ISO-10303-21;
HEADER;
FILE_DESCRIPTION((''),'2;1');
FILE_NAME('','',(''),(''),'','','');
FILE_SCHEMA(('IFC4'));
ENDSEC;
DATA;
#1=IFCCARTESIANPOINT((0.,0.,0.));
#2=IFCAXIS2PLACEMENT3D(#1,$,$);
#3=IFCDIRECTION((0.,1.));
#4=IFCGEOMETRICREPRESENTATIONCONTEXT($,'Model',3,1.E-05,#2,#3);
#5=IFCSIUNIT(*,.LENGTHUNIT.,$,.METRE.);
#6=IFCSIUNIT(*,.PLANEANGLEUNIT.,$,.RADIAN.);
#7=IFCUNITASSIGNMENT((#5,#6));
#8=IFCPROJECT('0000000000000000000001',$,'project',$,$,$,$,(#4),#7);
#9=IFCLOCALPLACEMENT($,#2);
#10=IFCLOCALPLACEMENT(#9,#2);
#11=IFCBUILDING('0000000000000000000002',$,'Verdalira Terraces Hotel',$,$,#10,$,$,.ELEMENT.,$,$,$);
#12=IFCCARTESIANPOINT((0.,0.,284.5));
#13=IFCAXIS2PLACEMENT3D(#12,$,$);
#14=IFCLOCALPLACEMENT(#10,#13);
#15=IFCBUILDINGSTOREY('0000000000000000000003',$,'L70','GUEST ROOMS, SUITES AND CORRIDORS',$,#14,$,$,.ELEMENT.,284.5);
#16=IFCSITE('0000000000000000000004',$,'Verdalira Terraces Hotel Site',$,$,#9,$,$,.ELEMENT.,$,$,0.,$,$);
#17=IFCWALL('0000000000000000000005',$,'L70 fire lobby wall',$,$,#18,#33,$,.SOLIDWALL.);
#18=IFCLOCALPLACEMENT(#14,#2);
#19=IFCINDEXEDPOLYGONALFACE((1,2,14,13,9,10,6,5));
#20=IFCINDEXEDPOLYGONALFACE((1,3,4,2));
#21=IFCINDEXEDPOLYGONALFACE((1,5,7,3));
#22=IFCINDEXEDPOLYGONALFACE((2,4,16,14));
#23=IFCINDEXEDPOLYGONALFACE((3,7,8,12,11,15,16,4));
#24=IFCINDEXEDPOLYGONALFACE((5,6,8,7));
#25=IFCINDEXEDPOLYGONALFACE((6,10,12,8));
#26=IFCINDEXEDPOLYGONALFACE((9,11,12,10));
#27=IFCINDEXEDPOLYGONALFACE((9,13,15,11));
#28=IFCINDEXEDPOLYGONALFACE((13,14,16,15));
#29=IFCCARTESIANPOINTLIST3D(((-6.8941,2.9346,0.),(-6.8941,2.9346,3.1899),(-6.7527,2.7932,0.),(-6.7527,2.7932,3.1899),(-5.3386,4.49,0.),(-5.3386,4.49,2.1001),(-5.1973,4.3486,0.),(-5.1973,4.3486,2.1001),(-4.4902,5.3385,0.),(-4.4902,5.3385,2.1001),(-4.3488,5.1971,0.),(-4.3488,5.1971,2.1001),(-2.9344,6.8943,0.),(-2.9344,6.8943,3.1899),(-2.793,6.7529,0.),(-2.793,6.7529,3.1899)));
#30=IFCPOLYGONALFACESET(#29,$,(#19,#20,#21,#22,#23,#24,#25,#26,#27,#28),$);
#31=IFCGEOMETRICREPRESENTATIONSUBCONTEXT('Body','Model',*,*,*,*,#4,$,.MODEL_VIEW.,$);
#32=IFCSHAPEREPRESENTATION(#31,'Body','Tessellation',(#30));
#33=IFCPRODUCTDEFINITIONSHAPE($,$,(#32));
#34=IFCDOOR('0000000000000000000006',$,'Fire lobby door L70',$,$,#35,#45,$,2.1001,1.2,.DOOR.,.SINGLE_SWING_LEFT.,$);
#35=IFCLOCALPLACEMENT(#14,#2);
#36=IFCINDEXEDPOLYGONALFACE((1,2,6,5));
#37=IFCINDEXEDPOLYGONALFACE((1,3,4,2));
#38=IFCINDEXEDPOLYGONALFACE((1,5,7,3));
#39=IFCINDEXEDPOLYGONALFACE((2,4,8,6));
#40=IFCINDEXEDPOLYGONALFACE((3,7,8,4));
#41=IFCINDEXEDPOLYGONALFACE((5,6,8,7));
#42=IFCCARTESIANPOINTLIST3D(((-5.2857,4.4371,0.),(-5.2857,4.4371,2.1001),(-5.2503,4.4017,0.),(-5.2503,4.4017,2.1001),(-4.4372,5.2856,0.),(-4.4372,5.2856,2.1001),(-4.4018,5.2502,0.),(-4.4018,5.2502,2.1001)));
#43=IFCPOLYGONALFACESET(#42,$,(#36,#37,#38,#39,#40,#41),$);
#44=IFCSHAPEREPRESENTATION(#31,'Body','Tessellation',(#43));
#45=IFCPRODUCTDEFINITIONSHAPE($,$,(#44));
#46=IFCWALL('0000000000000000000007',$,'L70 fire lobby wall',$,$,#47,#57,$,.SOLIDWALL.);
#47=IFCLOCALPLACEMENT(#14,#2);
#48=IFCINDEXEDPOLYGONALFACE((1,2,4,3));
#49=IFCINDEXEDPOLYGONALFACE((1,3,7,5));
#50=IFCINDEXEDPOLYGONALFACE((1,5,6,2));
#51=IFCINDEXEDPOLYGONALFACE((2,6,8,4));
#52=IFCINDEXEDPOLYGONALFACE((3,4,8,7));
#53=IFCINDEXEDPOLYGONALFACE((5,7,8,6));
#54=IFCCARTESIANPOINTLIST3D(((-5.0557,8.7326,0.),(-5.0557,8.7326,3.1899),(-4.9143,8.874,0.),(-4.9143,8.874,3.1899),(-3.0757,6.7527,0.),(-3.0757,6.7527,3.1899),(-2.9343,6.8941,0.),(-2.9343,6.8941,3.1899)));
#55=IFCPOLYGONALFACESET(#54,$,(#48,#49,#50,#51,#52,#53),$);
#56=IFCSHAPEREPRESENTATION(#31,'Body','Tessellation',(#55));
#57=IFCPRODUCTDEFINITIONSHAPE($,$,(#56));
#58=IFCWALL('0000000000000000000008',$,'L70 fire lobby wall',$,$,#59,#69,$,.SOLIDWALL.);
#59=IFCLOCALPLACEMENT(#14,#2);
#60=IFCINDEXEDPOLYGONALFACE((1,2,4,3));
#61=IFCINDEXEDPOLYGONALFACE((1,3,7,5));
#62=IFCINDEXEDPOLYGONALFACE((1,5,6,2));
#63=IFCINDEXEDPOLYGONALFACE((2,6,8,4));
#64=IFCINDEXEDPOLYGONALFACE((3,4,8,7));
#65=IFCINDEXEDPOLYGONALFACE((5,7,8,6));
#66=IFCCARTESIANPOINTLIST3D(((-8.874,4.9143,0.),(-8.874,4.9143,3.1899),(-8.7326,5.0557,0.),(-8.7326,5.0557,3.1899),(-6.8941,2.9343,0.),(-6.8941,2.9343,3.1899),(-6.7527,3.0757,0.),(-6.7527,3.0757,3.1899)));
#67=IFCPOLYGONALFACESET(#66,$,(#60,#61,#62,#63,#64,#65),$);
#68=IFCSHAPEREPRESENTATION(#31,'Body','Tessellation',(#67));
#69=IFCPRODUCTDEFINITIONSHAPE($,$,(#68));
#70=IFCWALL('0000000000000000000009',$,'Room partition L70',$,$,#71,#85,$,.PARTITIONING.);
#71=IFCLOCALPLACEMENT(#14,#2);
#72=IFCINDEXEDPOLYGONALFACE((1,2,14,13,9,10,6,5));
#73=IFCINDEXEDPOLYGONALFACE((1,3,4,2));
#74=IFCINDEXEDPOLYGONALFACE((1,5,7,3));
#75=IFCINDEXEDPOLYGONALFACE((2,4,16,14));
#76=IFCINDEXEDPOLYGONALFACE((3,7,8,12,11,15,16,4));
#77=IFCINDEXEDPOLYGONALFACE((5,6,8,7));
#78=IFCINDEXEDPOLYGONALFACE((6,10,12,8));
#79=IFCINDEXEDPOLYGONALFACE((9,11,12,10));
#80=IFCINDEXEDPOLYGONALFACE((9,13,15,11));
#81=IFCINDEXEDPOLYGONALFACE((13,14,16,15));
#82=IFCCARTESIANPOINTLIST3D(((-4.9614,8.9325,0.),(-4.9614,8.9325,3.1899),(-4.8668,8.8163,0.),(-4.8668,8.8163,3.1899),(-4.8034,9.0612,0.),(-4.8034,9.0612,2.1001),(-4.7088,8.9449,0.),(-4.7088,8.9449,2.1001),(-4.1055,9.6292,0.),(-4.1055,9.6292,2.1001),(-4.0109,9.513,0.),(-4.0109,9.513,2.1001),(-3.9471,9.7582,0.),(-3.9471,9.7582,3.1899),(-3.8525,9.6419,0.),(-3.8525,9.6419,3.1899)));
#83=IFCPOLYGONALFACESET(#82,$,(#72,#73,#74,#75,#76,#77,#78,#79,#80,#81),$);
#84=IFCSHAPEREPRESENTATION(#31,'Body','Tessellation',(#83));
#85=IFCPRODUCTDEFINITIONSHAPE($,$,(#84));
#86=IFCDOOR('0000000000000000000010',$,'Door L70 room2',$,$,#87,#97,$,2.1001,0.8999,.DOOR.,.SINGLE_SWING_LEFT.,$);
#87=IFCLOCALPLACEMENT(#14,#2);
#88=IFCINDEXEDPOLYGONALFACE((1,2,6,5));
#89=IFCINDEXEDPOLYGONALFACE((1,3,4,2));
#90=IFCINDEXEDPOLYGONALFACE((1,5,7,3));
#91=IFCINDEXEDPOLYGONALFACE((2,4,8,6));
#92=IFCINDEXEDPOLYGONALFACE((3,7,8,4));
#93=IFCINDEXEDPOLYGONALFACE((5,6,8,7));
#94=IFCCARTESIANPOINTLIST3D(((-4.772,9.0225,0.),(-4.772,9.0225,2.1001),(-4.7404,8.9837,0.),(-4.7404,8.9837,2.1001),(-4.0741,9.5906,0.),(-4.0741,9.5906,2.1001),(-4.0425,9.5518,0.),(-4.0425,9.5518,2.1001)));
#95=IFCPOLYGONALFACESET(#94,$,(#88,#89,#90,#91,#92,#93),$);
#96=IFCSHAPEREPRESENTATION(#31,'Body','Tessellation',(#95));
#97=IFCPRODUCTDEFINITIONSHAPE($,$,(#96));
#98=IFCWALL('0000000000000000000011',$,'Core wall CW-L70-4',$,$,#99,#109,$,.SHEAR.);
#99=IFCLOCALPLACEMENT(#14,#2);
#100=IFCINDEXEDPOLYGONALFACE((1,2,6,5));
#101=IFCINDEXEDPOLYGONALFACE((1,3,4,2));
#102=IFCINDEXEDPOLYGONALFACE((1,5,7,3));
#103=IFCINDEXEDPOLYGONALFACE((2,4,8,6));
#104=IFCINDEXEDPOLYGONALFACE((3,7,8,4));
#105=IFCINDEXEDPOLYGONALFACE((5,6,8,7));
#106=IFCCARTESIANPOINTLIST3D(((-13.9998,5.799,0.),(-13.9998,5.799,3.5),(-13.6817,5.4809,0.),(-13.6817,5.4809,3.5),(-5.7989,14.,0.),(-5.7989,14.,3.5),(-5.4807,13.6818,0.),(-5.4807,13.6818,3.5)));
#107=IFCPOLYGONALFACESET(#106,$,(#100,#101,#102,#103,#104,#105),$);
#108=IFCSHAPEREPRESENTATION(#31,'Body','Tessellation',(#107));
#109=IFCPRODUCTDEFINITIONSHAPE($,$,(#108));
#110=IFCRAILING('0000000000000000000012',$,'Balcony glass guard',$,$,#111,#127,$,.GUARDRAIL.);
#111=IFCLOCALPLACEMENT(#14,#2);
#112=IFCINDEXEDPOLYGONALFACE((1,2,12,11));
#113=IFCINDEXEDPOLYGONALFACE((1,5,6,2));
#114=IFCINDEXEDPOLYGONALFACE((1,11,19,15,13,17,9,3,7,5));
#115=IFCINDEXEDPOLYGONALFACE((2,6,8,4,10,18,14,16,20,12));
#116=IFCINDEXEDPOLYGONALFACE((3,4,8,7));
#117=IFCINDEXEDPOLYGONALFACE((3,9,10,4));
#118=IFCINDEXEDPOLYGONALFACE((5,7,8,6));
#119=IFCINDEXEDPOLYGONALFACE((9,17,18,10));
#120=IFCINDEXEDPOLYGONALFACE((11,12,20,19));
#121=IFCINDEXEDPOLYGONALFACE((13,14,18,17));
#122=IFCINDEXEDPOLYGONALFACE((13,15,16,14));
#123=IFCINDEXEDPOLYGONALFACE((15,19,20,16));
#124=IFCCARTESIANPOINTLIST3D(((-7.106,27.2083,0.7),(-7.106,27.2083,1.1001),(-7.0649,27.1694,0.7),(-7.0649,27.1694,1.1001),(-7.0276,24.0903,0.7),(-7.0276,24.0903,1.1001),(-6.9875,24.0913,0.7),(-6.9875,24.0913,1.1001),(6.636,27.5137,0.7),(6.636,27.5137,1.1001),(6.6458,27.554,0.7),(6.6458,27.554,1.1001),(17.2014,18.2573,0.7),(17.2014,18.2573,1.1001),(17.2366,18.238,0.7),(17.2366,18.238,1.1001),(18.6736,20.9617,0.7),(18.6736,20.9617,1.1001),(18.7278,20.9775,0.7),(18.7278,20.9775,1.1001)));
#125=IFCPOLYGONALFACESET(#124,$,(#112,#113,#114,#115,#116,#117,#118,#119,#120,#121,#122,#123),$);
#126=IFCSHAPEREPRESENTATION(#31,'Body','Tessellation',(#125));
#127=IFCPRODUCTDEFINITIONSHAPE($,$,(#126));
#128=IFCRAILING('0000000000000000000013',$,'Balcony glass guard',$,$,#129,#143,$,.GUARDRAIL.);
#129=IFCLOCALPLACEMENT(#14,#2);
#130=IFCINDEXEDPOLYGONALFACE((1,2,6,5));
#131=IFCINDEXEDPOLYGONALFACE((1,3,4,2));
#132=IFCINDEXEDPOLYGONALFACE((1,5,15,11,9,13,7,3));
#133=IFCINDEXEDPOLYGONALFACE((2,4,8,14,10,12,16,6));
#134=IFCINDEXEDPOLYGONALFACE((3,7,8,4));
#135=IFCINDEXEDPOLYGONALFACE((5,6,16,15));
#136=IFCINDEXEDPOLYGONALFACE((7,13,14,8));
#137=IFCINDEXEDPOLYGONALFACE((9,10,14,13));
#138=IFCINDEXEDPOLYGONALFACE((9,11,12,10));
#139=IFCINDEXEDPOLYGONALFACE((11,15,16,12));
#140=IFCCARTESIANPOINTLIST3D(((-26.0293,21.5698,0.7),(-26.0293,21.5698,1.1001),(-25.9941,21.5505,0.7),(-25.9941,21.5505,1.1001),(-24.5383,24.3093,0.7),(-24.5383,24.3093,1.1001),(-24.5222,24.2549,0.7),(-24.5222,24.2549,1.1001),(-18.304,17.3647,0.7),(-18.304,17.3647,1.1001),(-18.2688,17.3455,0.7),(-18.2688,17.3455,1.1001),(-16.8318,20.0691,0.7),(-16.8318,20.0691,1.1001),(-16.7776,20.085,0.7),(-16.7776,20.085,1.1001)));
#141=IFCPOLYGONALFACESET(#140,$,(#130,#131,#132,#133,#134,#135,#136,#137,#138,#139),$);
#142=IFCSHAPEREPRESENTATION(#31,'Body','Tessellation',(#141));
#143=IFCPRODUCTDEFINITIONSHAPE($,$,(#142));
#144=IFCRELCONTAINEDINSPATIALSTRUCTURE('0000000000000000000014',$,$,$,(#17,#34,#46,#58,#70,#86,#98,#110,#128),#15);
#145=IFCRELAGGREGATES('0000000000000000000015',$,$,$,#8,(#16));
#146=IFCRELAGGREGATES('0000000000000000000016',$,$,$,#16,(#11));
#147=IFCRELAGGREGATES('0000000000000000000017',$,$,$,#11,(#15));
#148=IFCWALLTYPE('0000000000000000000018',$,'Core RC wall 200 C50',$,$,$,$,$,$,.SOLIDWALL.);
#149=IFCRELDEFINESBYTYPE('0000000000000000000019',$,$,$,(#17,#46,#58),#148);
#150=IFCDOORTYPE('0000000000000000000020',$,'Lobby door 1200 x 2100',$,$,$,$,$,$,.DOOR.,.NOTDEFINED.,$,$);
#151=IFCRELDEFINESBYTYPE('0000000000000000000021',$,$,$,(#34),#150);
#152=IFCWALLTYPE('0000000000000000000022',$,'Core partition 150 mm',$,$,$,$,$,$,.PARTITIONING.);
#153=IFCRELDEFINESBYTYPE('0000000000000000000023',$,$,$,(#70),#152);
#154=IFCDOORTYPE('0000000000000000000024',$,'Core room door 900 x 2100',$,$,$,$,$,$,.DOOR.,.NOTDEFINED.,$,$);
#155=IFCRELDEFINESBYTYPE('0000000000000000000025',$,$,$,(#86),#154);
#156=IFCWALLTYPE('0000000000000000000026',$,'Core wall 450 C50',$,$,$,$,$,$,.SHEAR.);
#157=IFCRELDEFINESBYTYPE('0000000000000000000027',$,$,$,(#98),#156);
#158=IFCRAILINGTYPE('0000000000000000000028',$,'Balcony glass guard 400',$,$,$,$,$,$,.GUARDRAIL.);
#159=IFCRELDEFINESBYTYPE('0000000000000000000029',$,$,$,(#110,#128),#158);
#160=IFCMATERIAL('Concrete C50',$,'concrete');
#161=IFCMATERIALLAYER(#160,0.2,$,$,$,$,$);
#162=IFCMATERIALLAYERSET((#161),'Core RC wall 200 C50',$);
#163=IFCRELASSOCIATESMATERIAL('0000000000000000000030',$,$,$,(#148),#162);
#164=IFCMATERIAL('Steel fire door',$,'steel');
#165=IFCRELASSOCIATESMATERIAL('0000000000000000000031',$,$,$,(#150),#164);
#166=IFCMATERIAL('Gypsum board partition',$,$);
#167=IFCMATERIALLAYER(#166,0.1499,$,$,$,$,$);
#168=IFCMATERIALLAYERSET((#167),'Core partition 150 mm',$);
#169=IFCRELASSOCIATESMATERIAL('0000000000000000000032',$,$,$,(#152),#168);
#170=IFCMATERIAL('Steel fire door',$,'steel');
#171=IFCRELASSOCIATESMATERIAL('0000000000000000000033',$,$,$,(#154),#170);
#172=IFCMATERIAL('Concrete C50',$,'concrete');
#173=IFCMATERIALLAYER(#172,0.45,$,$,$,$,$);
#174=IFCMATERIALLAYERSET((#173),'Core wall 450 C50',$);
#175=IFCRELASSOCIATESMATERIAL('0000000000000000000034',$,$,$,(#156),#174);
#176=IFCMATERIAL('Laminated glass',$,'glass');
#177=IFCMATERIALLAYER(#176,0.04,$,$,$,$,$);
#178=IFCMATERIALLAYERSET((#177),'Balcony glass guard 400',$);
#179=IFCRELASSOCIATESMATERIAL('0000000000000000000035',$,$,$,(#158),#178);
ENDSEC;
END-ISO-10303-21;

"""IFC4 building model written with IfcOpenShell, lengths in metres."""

from ifc_helpers import new_model, si_unit, direction, frame, frame_2d, origin, place, context, subcontext, project, spatial, polyline, rectangle, outline, extrude, material, layer, layer_set, type_object, element, fill, save


model = new_model("IFC4")

# Units and contexts
model_context = context("Model", 3, precision=1e-05, world=origin(), true_north=direction((0.0, 1.0)))
body_context = subcontext(model_context, "Body", "Model", "MODEL_VIEW")
ifc_project = project(units=[si_unit("LENGTHUNIT", "METRE"), si_unit("PLANEANGLEUNIT", "RADIAN")], contexts=[model_context])

# Site, building, storey
site_placement = place(None, origin())
site = spatial("IfcSite", under=ifc_project, at=site_placement, Name="Verdalira Terraces Hotel Site", CompositionType="ELEMENT", RefElevation=0.0)
building_placement = place(site_placement, origin())
building = spatial("IfcBuilding", under=site, at=building_placement, Name="Verdalira Terraces Hotel", CompositionType="ELEMENT")
storey_placement = place(building_placement, frame((0.0, 0.0, 284.5)))
storey = spatial("IfcBuildingStorey", under=building, at=storey_placement, Name="L70", Description="GUEST ROOMS, SUITES AND CORRIDORS", CompositionType="ELEMENT", Elevation=284.5)

# Shared definitions
ifc_material_1 = material(Name="Concrete C50", Category="concrete")
ifc_layer_1 = layer(ifc_material_1, 0.2)
ifc_layer_set_1 = layer_set([ifc_layer_1], Name="Core RC wall 200 C50")
wall_type_1 = type_object("IfcWallType", Name="Core RC wall 200 C50", PredefinedType="SOLIDWALL", material=ifc_layer_set_1)

# Wall, opening, door
wall_1_placement = place(storey_placement, frame((-2.8638, 6.8235, 0.0), z_axis=(0.0, 0.0, 1.0), x_axis=(-0.707107, -0.707107, 0.0)))
wall_1 = element("IfcWall", 1, at=wall_1_placement, inside=storey, type_object=wall_type_1, Name="L70 fire lobby wall", PredefinedType="SOLIDWALL", context=body_context, shape_type="SweptSolid", body=[
    extrude(rectangle(XDim=5.5999, YDim=0.2, at=frame_2d((2.7998, 0.0))), origin(), (0.0, 0.0, 1.0), 3.1899),
])
opening_1_placement = place(wall_1_placement, frame((2.2, 0.0, 0.0)))
opening_1 = element("IfcOpeningElement", 2, at=opening_1_placement, cuts=wall_1, PredefinedType="OPENING", context=body_context, shape_type="SweptSolid", body=[
    extrude(rectangle(XDim=1.2, YDim=2.1001, at=frame_2d((0.6001, 1.05))), frame((0.0, 0.1099, 0.0), z_axis=(0.0, -1.0, 0.0), x_axis=(1.0, 0.0, 0.0)), (0.0, 0.0, 1.0), 0.22),
])
ifc_material_2 = material(Name="Steel fire door", Category="steel")
door_type_1 = type_object("IfcDoorType", Name="Lobby door 1200 x 2100", OperationType="NOTDEFINED", PredefinedType="DOOR", material=ifc_material_2)
door_1_placement = place(opening_1_placement, origin())
door_1 = element("IfcDoor", 3, at=door_1_placement, inside=storey, type_object=door_type_1, Name="Fire lobby door L70", OperationType="SINGLE_SWING_LEFT", OverallHeight=2.1001, OverallWidth=1.2, PredefinedType="DOOR", context=body_context, shape_type="SweptSolid", body=[
    extrude(rectangle(XDim=1.2, YDim=2.1001, at=frame_2d((0.6001, 1.05))), frame((0.0, 0.0249, 0.0), z_axis=(0.0, -1.0, 0.0), x_axis=(1.0, 0.0, 0.0)), (0.0, 0.0, 1.0), 0.05),
])
fill(opening_1, door_1)

# Walls
for number, where, z_axis, x_axis, name in (
    (4, (-3.0051, 6.8235, 0.0), (0.0, 0.0, 1.0), (-0.707107, 0.707107, 0.0), "L70 fire lobby wall"),
    (5, (-6.8235, 3.0051, 0.0), (0.0, 0.0, 1.0), (-0.707107, 0.707107, 0.0), "L70 fire lobby wall"),
):
    element("IfcWall", number, at=place(storey_placement, frame(where, z_axis=z_axis, x_axis=x_axis)), inside=storey, type_object=wall_type_1, Name=name, PredefinedType="SOLIDWALL", context=body_context, shape_type="SweptSolid", body=[
        extrude(rectangle(XDim=2.8, YDim=0.2, at=frame_2d((1.3999, 0.0))), origin(), (0.0, 0.0, 1.0), 3.1899),
    ])

# Wall, opening, door
ifc_material_3 = material(Name="Gypsum board partition")
ifc_layer_2 = layer(ifc_material_3, 0.1499)
ifc_layer_set_2 = layer_set([ifc_layer_2], Name="Core partition 150 mm")
wall_type_2 = type_object("IfcWallType", Name="Core partition 150 mm", PredefinedType="PARTITIONING", material=ifc_layer_set_2)
wall_2_placement = place(storey_placement, frame((-3.8999, 9.7, 0.0), z_axis=(0.0, 0.0, 1.0), x_axis=(-0.77556, -0.631274, 0.0)))
wall_2 = element("IfcWall", 6, at=wall_2_placement, inside=storey, type_object=wall_type_2, Name="Room partition L70", PredefinedType="PARTITIONING", context=body_context, shape_type="SweptSolid", body=[
    extrude(rectangle(XDim=1.3079, YDim=0.1499, at=frame_2d((0.6538, 0.0))), origin(), (0.0, 0.0, 1.0), 3.1899),
])
opening_2_placement = place(wall_2_placement, frame((0.2041, 0.0, 0.0)))
opening_2 = element("IfcOpeningElement", 7, at=opening_2_placement, cuts=wall_2, PredefinedType="OPENING", context=body_context, shape_type="SweptSolid", body=[
    extrude(rectangle(XDim=0.8999, YDim=2.1001, at=frame_2d((0.45, 1.05))), frame((0.0, 0.085, 0.0), z_axis=(0.0, -1.0, 0.0), x_axis=(1.0, 0.0, 0.0)), (0.0, 0.0, 1.0), 0.1699),
])
ifc_material_4 = material(Name="Steel fire door", Category="steel")
door_type_2 = type_object("IfcDoorType", Name="Core room door 900 x 2100", OperationType="NOTDEFINED", PredefinedType="DOOR", material=ifc_material_4)
door_2_placement = place(opening_2_placement, origin())
door_2 = element("IfcDoor", 8, at=door_2_placement, inside=storey, type_object=door_type_2, Name="Door L70 room2", OperationType="SINGLE_SWING_LEFT", OverallHeight=2.1001, OverallWidth=0.8999, PredefinedType="DOOR", context=body_context, shape_type="SweptSolid", body=[
    extrude(rectangle(XDim=0.8999, YDim=2.1001, at=frame_2d((0.45, 1.05))), frame((0.0, 0.0249, 0.0), z_axis=(0.0, -1.0, 0.0), x_axis=(1.0, 0.0, 0.0)), (0.0, 0.0, 1.0), 0.05),
])
fill(opening_2, door_2)

# Wall
ifc_material_5 = material(Name="Concrete C50", Category="concrete")
ifc_layer_3 = layer(ifc_material_5, 0.45)
ifc_layer_set_3 = layer_set([ifc_layer_3], Name="Core wall 450 C50")
wall_type_3 = type_object("IfcWallType", Name="Core wall 450 C50", PredefinedType="SHEAR", material=ifc_layer_set_3)
wall_3_placement = place(storey_placement, frame((-5.6399, 13.8408, 0.0), z_axis=(0.0, 0.0, 1.0), x_axis=(-0.707107, -0.707107, 0.0)))
element("IfcWall", 9, at=wall_3_placement, inside=storey, type_object=wall_type_3, Name="Core wall CW-L70-4", PredefinedType="SHEAR", context=body_context, shape_type="SweptSolid", body=[
    extrude(rectangle(XDim=11.5979, YDim=0.45, at=frame_2d((5.7988, 0.0))), origin(), (0.0, 0.0, 1.0), 3.5),
])

# Railings
ifc_material_6 = material(Name="Laminated glass", Category="glass")
ifc_layer_4 = layer(ifc_material_6, 0.04)
ifc_layer_set_4 = layer_set([ifc_layer_4], Name="Balcony glass guard 400")
railing_type = type_object("IfcRailingType", Name="Balcony glass guard 400", PredefinedType="GUARDRAIL", material=ifc_layer_set_4)
railing_1_placement = place(storey_placement, frame((0.0, 0.0, 0.7)))
element("IfcRailing", 10, at=railing_1_placement, inside=storey, type_object=railing_type, Name="Balcony glass guard", PredefinedType="GUARDRAIL", context=body_context, shape_type="SweptSolid", body=[
    extrude(outline(polyline([(18.6736, 20.9617), (6.636, 27.5137), (-7.0649, 27.1694), (-6.9875, 24.0913), (-7.0276, 24.0903), (-7.106, 27.2083), (6.6458, 27.554), (18.7278, 20.9775), (17.2366, 18.238), (17.2014, 18.2573), (18.6736, 20.9617)])), origin(), (0.0, 0.0, 1.0), 0.4001),
])
railing_2_placement = place(storey_placement, frame((0.0, 0.0, 0.7)))
element("IfcRailing", 11, at=railing_2_placement, inside=storey, type_object=railing_type, Name="Balcony glass guard", PredefinedType="GUARDRAIL", context=body_context, shape_type="SweptSolid", body=[
    extrude(outline(polyline([(-16.8318, 20.0691), (-24.5222, 24.2549), (-25.9941, 21.5505), (-26.0293, 21.5698), (-24.5383, 24.3093), (-16.7776, 20.085), (-18.2688, 17.3455), (-18.304, 17.3647), (-16.8318, 20.0691)])), origin(), (0.0, 0.0, 1.0), 0.4001),
])

save(model, "model.ifc")
